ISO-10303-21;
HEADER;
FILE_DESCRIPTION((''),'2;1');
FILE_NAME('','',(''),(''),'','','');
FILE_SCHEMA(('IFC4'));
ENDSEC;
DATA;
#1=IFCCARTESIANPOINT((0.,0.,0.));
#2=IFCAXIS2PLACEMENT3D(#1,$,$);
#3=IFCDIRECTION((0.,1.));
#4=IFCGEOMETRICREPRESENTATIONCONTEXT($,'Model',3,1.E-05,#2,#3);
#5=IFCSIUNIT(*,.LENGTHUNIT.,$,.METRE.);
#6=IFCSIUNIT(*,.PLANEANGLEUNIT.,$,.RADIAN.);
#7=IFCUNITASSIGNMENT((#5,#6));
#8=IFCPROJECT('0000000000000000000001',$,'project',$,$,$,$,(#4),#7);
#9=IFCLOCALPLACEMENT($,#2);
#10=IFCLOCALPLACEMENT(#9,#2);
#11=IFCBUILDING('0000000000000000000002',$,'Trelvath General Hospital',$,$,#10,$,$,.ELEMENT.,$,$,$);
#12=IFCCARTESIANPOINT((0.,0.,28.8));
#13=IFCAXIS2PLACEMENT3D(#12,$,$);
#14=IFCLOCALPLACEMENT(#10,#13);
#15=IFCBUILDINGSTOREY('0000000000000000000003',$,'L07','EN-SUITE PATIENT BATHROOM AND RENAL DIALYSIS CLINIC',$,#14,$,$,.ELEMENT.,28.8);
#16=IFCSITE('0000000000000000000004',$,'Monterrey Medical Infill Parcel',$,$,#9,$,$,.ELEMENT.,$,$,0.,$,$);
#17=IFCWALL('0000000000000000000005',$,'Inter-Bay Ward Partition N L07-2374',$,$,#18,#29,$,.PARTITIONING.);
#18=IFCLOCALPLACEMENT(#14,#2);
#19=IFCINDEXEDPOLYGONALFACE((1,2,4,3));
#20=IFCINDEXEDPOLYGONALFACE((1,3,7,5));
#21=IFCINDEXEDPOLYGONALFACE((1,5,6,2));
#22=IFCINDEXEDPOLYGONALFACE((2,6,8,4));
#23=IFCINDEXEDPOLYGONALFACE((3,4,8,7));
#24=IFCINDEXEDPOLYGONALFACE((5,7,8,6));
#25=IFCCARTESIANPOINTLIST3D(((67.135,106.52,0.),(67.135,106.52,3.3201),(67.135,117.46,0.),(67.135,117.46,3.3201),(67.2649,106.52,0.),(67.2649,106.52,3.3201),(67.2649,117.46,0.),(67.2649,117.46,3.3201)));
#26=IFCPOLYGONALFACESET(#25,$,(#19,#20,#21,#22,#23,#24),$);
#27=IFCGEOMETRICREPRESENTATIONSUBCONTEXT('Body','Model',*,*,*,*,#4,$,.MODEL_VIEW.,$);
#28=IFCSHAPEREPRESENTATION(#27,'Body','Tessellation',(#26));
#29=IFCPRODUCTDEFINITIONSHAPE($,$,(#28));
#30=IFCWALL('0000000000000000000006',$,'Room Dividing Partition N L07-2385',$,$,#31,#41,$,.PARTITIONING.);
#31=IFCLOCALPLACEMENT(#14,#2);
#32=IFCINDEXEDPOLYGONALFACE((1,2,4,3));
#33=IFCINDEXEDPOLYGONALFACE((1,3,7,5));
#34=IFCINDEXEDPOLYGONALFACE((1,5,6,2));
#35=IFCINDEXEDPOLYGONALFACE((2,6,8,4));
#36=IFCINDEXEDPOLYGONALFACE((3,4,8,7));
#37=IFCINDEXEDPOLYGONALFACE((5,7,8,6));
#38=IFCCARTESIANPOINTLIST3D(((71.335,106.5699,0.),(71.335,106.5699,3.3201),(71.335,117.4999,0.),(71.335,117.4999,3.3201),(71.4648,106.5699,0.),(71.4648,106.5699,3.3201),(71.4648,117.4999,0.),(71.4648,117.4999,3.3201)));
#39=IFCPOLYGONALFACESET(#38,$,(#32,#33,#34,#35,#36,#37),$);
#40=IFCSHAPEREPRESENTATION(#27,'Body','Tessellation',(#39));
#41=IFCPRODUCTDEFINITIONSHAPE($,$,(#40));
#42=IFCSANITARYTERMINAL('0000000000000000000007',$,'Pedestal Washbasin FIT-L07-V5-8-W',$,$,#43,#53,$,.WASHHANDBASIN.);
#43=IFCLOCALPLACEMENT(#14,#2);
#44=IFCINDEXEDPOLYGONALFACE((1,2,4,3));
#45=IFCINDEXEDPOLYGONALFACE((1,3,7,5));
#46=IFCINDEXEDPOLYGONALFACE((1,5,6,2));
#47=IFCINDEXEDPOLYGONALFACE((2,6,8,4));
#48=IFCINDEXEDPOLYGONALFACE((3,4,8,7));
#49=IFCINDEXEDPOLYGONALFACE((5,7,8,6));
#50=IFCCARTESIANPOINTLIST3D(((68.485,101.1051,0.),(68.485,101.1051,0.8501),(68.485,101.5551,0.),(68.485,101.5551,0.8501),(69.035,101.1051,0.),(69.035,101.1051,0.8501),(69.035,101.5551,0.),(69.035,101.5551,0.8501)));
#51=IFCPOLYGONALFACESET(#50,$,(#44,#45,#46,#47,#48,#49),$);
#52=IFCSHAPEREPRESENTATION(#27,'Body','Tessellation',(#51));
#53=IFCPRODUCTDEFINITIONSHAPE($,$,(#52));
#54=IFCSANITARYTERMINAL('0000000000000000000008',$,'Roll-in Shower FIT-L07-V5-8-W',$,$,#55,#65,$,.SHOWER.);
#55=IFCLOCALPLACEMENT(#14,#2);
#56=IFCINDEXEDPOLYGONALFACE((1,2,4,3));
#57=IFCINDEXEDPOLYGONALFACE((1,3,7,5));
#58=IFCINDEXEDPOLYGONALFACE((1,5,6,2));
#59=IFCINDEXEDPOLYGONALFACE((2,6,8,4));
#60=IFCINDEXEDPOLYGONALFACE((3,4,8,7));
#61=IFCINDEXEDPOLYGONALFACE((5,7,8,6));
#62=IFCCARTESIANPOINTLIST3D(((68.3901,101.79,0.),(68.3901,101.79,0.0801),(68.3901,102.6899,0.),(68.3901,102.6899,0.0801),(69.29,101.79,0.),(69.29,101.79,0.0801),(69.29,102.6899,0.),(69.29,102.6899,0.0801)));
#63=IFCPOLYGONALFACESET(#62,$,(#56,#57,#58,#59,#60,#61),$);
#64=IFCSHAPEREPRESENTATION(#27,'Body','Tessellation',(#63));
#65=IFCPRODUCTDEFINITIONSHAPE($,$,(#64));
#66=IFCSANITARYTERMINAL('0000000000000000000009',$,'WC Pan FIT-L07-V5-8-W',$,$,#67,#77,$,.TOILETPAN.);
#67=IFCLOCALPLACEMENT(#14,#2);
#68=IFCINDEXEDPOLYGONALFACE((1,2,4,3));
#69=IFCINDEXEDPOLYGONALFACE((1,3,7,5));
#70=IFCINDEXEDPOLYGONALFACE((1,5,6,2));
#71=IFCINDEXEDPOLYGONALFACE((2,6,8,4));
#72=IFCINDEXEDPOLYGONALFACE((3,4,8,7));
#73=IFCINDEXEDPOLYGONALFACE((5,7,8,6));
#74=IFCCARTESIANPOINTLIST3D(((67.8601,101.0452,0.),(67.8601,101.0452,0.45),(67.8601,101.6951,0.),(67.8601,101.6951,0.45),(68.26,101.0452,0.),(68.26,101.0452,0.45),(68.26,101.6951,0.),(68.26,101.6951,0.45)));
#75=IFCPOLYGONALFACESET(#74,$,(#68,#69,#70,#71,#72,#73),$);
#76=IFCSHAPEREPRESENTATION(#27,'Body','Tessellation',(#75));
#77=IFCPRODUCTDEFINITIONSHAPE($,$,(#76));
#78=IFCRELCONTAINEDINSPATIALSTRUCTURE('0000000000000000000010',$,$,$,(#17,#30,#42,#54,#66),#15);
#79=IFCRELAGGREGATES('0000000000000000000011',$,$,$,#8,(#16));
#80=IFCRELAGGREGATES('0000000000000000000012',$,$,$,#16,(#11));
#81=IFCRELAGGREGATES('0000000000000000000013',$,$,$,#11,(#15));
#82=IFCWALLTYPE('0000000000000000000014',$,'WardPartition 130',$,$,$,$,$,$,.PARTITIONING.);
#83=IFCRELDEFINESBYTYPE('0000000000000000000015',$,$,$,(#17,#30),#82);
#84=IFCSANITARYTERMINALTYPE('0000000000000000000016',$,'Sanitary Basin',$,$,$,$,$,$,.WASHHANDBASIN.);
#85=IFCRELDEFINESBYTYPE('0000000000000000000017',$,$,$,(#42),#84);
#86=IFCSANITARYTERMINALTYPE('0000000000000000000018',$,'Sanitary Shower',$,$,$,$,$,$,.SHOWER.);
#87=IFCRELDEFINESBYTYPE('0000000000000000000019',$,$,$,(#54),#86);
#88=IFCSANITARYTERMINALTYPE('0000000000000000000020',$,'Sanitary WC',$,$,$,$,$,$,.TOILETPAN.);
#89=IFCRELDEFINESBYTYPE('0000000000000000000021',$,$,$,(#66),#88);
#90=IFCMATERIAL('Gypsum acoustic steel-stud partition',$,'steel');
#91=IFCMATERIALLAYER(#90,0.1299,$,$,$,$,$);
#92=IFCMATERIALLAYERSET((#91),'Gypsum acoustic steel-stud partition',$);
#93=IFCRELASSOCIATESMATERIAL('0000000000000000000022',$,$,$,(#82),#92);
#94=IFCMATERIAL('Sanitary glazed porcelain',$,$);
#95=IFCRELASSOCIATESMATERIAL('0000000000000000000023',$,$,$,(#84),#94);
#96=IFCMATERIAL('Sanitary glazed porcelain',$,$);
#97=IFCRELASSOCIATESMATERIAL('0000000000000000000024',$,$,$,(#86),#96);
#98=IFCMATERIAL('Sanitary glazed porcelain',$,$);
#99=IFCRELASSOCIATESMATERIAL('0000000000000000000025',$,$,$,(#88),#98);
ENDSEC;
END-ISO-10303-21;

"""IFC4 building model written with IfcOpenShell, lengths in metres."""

from ifc_helpers import new_model, si_unit, direction, frame, frame_2d, origin, origin_2d, place, context, subcontext, project, spatial, rectangle, extrude, material, layer, layer_set, type_object, element, save


model = new_model("IFC4")

# Units and contexts
model_context = context("Model", 3, precision=1e-05, world=origin(), true_north=direction((0.0, 1.0)))
body_context = subcontext(model_context, "Body", "Model", "MODEL_VIEW")
ifc_project = project(units=[si_unit("LENGTHUNIT", "METRE"), si_unit("PLANEANGLEUNIT", "RADIAN")], contexts=[model_context])

# Site, building, storey
site_placement = place(None, origin())
site = spatial("IfcSite", under=ifc_project, at=site_placement, Name="Monterrey Medical Infill Parcel", CompositionType="ELEMENT", RefElevation=0.0)
building_placement = place(site_placement, origin())
building = spatial("IfcBuilding", under=site, at=building_placement, Name="Trelvath General Hospital", CompositionType="ELEMENT")
storey_placement = place(building_placement, frame((0.0, 0.0, 28.8)))
storey = spatial("IfcBuildingStorey", under=building, at=storey_placement, Name="L07", Description="EN-SUITE PATIENT BATHROOM AND RENAL DIALYSIS CLINIC", CompositionType="ELEMENT", Elevation=28.8)

# Walls
ifc_material_1 = material(Name="Gypsum acoustic steel-stud partition", Category="steel")
ifc_layer_1 = layer(ifc_material_1, 0.1299)
ifc_layer_set_1 = layer_set([ifc_layer_1], Name="Gypsum acoustic steel-stud partition")
wall_type_1 = type_object("IfcWallType", Name="WardPartition 130", PredefinedType="PARTITIONING", material=ifc_layer_set_1)
wall_1_placement = place(storey_placement, frame((67.2, 106.52, 0.0), z_axis=(0.0, 0.0, 1.0), x_axis=(0.0, 1.0, 0.0)))
element("IfcWall", 1, at=wall_1_placement, inside=storey, type_object=wall_type_1, Name="Inter-Bay Ward Partition N L07-2374", PredefinedType="PARTITIONING", context=body_context, shape_type="SweptSolid", body=[
    extrude(rectangle(XDim=10.9399, YDim=0.1299, at=frame_2d((5.47, 0.0))), origin(), (0.0, 0.0, 1.0), 3.3201),
])
wall_2_placement = place(storey_placement, frame((71.3999, 106.5701, 0.0), z_axis=(0.0, 0.0, 1.0), x_axis=(0.0, 1.0, 0.0)))
element("IfcWall", 2, at=wall_2_placement, inside=storey, type_object=wall_type_1, Name="Room Dividing Partition N L07-2385", PredefinedType="PARTITIONING", context=body_context, shape_type="SweptSolid", body=[
    extrude(rectangle(XDim=10.9299, YDim=0.1299, at=frame_2d((5.4648, 0.0))), origin(), (0.0, 0.0, 1.0), 3.3201),
])

# Sanitary terminals
ifc_material_2 = material(Name="Sanitary glazed porcelain")
sanitary_terminal_type_1 = type_object("IfcSanitaryTerminalType", Name="Sanitary Basin", PredefinedType="WASHHANDBASIN", material=ifc_material_2)
sanitary_terminal_1_placement = place(storey_placement, frame((68.76, 101.3301, 0.0), z_axis=(0.0, 0.0, 1.0), x_axis=(1.0, 0.0, 0.0)))
element("IfcSanitaryTerminal", 3, at=sanitary_terminal_1_placement, inside=storey, type_object=sanitary_terminal_type_1, Name="Pedestal Washbasin FIT-L07-V5-8-W", PredefinedType="WASHHANDBASIN", context=body_context, shape_type="SweptSolid", body=[
    extrude(rectangle(XDim=0.55, YDim=0.45, at=origin_2d()), origin(), (0.0, 0.0, 1.0), 0.8501),
])
ifc_material_3 = material(Name="Sanitary glazed porcelain")
sanitary_terminal_type_2 = type_object("IfcSanitaryTerminalType", Name="Sanitary Shower", PredefinedType="SHOWER", material=ifc_material_3)
sanitary_terminal_2_placement = place(storey_placement, frame((68.8401, 102.24, 0.0), z_axis=(0.0, 0.0, 1.0), x_axis=(1.0, 0.0, 0.0)))
element("IfcSanitaryTerminal", 4, at=sanitary_terminal_2_placement, inside=storey, type_object=sanitary_terminal_type_2, Name="Roll-in Shower FIT-L07-V5-8-W", PredefinedType="SHOWER", context=body_context, shape_type="SweptSolid", body=[
    extrude(rectangle(XDim=0.8999, YDim=0.8999, at=origin_2d()), origin(), (0.0, 0.0, 1.0), 0.0801),
])
ifc_material_4 = material(Name="Sanitary glazed porcelain")
sanitary_terminal_type_3 = type_object("IfcSanitaryTerminalType", Name="Sanitary WC", PredefinedType="TOILETPAN", material=ifc_material_4)
sanitary_terminal_3_placement = place(storey_placement, frame((68.0601, 101.3701, 0.0), z_axis=(0.0, 0.0, 1.0), x_axis=(1.0, 0.0, 0.0)))
element("IfcSanitaryTerminal", 5, at=sanitary_terminal_3_placement, inside=storey, type_object=sanitary_terminal_type_3, Name="WC Pan FIT-L07-V5-8-W", PredefinedType="TOILETPAN", context=body_context, shape_type="SweptSolid", body=[
    extrude(rectangle(XDim=0.3999, YDim=0.6499, at=origin_2d()), origin(), (0.0, 0.0, 1.0), 0.45),
])

save(model, "model.ifc")
